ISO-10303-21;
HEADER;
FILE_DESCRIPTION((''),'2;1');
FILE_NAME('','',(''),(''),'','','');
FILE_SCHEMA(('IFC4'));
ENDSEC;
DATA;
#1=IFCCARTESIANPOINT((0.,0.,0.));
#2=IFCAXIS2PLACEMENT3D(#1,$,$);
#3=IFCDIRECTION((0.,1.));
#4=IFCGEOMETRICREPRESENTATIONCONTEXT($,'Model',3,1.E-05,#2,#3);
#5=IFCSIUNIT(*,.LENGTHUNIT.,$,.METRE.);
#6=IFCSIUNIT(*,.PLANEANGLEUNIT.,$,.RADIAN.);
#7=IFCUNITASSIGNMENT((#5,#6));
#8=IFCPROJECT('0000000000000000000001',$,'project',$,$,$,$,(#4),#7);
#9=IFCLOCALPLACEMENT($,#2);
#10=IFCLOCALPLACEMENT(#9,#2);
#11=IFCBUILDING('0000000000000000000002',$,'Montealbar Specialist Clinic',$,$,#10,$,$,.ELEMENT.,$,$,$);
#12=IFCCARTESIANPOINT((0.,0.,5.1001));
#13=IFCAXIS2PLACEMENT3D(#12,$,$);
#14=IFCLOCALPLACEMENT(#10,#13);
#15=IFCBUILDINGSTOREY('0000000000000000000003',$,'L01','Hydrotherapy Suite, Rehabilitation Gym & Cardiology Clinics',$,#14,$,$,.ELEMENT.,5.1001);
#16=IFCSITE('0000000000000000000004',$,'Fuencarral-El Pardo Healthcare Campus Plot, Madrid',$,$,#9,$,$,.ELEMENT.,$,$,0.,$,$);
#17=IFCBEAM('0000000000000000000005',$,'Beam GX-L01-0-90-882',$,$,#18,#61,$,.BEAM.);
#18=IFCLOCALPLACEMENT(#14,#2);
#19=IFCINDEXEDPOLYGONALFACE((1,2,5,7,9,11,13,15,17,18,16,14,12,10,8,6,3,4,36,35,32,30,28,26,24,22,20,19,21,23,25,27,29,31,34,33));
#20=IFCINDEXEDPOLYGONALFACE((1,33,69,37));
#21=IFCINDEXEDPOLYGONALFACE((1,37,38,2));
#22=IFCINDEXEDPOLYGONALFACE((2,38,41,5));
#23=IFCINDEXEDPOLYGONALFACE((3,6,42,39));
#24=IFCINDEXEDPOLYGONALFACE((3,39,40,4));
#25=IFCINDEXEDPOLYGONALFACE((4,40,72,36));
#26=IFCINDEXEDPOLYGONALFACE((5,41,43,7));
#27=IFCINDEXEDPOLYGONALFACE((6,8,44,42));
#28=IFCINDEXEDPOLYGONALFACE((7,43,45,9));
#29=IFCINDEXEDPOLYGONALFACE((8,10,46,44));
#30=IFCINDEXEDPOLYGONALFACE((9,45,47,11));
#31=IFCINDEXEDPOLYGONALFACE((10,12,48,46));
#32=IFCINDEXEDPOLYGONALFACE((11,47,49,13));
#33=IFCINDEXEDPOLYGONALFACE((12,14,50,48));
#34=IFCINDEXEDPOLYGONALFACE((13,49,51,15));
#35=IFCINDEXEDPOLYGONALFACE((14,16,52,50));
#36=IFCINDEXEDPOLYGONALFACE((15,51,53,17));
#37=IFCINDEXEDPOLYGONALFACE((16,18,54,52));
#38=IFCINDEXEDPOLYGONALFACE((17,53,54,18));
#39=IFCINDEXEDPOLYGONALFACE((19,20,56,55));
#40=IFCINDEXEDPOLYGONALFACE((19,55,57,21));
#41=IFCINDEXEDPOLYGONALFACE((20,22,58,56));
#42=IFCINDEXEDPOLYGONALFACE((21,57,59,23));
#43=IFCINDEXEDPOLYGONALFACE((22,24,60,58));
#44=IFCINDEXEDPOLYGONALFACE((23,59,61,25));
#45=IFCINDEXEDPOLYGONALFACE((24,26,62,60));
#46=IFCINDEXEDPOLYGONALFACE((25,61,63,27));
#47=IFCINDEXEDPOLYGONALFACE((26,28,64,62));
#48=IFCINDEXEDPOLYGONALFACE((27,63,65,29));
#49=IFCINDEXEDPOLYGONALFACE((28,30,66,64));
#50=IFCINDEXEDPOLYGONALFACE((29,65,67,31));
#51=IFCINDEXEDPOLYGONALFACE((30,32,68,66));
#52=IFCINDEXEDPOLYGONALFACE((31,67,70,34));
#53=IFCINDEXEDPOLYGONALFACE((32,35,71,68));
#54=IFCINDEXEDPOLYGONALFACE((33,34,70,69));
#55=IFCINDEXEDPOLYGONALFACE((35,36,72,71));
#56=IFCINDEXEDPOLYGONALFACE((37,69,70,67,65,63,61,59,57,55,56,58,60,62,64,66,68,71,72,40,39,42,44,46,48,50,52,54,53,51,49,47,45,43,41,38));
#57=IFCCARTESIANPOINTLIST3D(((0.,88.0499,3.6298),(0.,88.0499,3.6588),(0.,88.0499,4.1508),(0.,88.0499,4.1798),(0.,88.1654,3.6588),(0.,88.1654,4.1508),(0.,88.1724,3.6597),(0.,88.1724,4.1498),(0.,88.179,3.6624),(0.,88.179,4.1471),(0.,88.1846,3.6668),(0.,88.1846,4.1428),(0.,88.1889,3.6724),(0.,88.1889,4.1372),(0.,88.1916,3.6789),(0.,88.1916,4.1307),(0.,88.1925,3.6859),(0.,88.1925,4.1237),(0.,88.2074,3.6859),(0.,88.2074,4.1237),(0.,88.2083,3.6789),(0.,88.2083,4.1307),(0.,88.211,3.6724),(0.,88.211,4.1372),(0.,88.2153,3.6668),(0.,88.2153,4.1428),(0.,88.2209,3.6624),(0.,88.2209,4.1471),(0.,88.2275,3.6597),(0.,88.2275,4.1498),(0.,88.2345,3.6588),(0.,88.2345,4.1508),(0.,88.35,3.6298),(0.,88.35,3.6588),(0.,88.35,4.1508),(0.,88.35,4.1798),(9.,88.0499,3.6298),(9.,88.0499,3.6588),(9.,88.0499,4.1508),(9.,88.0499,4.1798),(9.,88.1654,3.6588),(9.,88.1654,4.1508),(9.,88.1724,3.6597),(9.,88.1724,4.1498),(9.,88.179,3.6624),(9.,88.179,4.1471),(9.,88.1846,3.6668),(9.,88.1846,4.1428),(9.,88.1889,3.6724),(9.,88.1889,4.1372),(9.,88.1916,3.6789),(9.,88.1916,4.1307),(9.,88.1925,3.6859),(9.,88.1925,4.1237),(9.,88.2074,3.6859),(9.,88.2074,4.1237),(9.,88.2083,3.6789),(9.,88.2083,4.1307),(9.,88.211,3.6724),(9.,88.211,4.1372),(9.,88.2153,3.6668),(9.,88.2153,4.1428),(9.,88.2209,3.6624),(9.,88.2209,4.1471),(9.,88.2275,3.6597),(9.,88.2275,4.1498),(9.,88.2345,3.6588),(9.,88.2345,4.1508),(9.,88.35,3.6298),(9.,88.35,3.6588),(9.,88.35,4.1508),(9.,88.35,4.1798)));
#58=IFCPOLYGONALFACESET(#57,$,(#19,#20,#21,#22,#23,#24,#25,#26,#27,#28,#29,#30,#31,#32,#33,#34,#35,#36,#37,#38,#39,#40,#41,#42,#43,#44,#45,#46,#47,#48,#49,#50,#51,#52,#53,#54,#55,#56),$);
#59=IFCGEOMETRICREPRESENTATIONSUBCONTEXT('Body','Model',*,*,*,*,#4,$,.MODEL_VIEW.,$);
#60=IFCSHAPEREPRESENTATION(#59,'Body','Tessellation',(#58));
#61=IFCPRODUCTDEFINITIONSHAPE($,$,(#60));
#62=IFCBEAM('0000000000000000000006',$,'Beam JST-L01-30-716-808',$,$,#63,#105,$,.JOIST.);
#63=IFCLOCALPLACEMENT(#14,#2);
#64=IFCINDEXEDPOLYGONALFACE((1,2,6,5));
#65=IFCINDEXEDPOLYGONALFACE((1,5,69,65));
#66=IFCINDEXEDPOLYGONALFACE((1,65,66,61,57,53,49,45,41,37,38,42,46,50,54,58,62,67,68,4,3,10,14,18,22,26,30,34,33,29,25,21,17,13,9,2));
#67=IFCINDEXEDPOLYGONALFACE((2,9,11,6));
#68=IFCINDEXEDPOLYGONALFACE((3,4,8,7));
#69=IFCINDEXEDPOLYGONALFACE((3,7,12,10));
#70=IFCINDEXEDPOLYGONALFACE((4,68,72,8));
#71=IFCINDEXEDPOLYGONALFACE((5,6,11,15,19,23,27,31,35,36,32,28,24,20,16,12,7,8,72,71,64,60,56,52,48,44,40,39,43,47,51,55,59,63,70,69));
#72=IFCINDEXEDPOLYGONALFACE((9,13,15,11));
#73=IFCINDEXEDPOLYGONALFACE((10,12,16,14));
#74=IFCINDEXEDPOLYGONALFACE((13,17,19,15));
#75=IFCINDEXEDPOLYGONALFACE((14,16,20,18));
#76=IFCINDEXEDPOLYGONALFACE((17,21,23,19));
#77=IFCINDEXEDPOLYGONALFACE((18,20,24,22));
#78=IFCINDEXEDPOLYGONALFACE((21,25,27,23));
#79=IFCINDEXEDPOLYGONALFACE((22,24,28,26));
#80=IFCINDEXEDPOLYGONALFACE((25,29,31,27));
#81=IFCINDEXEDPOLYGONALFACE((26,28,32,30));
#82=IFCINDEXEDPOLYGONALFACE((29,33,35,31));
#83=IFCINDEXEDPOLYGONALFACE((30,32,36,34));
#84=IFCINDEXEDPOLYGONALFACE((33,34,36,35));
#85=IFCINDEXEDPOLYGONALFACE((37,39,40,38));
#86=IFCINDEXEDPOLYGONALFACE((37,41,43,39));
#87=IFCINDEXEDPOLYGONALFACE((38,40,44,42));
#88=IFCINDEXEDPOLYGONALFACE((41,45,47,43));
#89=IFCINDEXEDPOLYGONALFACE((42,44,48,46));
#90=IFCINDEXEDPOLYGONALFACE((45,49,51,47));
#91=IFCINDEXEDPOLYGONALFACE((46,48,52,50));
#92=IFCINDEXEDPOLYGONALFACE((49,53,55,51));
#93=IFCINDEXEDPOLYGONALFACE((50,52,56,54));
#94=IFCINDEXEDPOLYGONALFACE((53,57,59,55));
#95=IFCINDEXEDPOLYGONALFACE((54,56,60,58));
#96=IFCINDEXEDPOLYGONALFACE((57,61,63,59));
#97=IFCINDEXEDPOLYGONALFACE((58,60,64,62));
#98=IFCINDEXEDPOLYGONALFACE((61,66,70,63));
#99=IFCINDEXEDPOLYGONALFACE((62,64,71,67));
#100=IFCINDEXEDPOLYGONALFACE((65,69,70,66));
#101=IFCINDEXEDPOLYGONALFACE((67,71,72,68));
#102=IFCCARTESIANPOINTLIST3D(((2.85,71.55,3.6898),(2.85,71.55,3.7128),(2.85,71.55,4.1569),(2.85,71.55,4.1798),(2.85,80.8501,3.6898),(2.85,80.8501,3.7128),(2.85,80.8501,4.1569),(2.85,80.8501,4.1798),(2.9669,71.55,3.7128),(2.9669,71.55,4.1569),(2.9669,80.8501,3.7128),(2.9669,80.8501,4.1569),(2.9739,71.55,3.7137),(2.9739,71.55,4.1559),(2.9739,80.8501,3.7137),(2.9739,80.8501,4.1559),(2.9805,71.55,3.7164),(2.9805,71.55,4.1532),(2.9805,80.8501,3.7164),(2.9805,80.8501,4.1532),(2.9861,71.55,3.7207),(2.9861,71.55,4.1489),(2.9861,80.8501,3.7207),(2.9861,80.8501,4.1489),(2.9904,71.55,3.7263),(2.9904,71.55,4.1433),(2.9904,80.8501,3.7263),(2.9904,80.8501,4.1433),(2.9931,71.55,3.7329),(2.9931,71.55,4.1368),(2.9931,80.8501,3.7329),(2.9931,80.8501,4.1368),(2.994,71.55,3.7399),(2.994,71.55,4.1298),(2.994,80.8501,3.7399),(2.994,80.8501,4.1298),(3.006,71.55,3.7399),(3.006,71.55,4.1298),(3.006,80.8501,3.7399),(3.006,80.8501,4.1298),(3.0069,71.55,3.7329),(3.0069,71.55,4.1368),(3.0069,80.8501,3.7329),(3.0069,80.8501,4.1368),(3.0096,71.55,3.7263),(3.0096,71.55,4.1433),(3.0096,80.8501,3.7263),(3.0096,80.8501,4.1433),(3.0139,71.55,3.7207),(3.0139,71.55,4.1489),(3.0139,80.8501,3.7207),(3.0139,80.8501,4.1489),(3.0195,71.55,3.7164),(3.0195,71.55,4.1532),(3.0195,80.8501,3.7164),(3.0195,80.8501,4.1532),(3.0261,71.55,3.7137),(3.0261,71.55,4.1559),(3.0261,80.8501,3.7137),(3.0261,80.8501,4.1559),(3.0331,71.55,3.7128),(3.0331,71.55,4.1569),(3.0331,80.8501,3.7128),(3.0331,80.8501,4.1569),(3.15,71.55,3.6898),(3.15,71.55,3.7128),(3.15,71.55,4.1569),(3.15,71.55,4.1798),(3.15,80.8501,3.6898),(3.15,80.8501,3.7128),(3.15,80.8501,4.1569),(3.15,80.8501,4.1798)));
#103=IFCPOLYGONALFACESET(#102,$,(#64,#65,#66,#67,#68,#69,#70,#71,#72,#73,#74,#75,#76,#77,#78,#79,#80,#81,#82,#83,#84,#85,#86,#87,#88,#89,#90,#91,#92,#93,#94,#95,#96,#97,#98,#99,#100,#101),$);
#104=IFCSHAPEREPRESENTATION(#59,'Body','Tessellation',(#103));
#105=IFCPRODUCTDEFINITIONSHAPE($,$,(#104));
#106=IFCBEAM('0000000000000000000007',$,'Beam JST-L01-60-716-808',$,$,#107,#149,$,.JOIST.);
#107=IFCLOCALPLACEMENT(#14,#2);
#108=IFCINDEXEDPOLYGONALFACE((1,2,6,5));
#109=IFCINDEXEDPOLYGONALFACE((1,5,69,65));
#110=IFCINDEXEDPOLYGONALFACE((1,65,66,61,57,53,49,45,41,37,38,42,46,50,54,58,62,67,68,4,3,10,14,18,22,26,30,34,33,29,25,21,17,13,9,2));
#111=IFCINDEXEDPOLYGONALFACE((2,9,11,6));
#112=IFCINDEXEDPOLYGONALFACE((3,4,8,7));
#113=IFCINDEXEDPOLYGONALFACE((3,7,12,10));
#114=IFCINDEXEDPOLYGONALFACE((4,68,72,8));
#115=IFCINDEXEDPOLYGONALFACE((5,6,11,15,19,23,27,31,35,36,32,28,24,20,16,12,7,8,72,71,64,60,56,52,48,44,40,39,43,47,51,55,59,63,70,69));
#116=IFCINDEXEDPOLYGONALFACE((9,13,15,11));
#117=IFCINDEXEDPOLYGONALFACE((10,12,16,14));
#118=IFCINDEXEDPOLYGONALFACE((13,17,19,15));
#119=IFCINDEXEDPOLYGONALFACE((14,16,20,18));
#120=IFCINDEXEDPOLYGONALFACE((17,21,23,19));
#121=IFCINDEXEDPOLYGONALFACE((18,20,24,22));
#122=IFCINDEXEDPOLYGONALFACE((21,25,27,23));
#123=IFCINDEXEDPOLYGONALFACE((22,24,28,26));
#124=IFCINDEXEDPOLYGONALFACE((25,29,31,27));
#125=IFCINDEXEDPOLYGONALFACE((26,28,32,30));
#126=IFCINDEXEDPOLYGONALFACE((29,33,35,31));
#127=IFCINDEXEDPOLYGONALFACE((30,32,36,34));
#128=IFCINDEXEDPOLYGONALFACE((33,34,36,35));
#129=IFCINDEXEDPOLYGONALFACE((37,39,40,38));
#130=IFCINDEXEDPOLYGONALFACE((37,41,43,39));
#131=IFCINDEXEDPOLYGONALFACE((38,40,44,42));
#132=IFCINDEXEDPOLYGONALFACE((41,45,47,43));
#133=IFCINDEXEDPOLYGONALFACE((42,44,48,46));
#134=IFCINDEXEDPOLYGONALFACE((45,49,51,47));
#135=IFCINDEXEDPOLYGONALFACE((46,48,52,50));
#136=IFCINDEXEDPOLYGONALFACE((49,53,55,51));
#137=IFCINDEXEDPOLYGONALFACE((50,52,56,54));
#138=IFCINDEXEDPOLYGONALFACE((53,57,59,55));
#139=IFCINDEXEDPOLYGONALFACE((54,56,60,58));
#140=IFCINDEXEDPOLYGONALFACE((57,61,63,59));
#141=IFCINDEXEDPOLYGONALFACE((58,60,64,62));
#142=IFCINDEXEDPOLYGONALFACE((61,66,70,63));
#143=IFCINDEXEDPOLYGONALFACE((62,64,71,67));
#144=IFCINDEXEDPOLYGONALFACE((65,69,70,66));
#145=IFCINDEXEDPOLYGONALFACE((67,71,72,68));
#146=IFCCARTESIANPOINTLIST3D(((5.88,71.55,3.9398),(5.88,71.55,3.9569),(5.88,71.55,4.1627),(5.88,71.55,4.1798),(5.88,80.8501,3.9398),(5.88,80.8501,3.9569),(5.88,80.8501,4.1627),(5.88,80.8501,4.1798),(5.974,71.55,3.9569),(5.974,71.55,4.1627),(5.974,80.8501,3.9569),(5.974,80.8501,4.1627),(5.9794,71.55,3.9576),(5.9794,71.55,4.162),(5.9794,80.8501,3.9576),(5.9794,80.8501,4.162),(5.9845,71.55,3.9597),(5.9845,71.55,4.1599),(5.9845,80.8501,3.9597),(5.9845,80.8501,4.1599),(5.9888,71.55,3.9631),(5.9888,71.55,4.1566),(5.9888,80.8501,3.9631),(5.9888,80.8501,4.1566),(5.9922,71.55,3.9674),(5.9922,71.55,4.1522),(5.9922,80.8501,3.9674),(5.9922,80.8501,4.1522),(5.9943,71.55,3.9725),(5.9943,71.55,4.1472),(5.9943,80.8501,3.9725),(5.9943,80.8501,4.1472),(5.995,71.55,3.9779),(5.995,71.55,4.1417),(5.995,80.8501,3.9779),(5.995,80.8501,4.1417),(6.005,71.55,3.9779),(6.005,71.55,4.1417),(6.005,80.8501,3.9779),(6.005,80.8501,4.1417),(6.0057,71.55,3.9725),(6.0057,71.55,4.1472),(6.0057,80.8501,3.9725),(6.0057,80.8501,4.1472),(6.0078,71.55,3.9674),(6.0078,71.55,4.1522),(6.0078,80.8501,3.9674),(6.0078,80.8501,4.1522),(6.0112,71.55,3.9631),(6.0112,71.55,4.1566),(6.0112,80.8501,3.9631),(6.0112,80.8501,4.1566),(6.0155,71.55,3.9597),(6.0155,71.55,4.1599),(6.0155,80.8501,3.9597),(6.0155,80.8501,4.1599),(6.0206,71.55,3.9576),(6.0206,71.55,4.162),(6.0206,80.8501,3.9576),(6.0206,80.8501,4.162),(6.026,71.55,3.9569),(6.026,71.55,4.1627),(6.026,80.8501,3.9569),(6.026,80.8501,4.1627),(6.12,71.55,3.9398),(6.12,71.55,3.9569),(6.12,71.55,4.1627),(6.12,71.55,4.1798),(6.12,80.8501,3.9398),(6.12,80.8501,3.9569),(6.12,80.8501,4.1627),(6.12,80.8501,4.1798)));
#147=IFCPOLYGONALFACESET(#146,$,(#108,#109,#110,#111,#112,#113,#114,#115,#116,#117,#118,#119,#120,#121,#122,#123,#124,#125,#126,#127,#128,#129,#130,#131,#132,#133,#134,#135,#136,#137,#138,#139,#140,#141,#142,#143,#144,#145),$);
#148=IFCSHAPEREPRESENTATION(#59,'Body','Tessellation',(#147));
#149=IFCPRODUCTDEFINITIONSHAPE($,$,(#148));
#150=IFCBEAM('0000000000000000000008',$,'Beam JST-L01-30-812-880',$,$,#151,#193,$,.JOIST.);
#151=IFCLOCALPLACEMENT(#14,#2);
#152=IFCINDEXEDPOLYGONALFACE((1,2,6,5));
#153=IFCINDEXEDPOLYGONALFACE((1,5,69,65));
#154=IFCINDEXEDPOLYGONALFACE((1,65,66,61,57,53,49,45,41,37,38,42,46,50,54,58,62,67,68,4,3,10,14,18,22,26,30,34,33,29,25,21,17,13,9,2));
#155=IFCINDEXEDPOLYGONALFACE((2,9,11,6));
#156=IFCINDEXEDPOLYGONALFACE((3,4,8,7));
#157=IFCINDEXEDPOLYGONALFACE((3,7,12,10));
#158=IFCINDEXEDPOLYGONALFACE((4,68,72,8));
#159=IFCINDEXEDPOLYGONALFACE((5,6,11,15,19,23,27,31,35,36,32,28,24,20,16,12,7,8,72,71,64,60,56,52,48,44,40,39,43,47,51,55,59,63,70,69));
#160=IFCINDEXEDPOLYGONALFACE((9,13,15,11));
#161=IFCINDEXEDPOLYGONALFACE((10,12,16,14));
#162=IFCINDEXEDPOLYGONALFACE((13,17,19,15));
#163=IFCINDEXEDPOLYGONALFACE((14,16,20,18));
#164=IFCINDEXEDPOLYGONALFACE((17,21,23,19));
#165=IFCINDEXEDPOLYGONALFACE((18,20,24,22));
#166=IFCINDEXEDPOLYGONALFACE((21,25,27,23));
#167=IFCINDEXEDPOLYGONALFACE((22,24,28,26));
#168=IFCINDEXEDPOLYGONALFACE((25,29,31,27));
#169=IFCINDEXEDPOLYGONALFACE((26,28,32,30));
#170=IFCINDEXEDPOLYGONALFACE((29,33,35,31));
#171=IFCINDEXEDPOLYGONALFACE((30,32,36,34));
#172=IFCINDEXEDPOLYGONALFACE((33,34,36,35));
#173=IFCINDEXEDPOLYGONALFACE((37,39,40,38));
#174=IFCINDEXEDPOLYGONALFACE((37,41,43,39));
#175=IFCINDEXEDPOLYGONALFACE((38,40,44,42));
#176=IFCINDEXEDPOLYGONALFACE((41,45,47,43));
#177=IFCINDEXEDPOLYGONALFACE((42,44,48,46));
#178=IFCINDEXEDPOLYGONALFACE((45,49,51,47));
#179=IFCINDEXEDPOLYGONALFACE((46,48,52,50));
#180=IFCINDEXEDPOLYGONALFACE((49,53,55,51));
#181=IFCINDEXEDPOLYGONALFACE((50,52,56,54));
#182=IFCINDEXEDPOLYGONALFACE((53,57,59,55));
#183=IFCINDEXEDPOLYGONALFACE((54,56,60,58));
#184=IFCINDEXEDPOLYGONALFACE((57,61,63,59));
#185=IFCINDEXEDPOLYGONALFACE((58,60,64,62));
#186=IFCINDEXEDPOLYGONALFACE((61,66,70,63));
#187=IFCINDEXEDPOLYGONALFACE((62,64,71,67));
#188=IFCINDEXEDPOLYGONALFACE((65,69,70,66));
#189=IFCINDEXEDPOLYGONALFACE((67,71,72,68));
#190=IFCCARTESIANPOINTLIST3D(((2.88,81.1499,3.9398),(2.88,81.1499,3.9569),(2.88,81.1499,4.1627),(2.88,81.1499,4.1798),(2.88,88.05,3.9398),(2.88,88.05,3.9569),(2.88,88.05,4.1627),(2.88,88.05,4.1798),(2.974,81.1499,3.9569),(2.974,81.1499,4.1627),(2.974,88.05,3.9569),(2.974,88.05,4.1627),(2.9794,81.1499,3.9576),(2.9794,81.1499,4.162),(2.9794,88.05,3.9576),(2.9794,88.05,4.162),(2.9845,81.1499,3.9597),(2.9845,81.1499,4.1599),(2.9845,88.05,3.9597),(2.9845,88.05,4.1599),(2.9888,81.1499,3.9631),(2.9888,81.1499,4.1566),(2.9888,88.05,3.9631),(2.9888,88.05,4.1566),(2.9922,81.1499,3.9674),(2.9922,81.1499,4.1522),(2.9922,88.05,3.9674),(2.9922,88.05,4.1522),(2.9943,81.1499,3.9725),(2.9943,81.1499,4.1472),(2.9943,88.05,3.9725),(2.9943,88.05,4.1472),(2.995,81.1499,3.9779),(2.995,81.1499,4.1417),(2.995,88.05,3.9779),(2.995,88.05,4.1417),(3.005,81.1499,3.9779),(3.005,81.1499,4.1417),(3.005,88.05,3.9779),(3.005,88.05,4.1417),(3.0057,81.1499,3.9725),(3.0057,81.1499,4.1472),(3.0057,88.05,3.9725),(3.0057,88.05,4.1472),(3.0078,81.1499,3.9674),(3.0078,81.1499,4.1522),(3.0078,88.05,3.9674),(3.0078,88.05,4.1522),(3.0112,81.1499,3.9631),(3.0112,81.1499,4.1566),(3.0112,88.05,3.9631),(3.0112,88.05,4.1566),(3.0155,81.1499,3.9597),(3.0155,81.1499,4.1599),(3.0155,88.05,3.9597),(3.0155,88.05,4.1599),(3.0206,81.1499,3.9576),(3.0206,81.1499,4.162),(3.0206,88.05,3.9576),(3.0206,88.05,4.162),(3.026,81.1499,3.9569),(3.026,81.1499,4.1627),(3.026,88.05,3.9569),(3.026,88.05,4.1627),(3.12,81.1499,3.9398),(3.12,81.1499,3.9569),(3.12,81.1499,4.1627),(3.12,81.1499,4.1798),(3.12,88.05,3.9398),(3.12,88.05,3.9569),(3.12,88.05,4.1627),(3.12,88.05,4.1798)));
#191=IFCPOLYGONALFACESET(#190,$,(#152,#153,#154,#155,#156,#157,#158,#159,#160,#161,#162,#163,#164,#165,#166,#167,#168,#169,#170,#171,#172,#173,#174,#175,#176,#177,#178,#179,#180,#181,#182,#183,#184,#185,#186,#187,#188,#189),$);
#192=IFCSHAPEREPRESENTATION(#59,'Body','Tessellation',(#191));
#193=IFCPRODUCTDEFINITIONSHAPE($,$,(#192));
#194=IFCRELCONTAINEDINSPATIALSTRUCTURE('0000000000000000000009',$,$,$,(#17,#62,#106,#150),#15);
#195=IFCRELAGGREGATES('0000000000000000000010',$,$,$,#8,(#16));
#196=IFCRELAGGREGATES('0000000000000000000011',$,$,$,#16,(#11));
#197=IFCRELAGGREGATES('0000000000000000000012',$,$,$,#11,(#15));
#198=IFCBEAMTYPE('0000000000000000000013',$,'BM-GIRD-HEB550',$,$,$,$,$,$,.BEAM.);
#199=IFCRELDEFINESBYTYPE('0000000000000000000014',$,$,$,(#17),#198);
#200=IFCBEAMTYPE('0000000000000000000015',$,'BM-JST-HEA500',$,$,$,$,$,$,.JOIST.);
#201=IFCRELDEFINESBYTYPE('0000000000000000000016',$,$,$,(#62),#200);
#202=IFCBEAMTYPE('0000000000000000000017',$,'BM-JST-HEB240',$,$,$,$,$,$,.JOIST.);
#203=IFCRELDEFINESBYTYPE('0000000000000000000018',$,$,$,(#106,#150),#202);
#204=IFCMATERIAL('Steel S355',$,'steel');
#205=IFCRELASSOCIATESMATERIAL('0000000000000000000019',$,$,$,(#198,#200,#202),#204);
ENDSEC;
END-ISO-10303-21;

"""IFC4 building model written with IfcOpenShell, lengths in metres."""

from ifc_helpers import new_model, si_unit, direction, frame, origin, origin_2d, place, context, subcontext, project, spatial, i_section, extrude, material, material_profile, profile_set, type_object, element, save


model = new_model("IFC4")

# Units and contexts
model_context = context("Model", 3, precision=1e-05, world=origin(), true_north=direction((0.0, 1.0)))
body_context = subcontext(model_context, "Body", "Model", "MODEL_VIEW")
ifc_project = project(units=[si_unit("LENGTHUNIT", "METRE"), si_unit("PLANEANGLEUNIT", "RADIAN")], contexts=[model_context])

# Site, building, storey
site_placement = place(None, origin())
site = spatial("IfcSite", under=ifc_project, at=site_placement, Name="Fuencarral-El Pardo Healthcare Campus Plot, Madrid", CompositionType="ELEMENT", RefElevation=0.0)
building_placement = place(site_placement, origin())
building = spatial("IfcBuilding", under=site, at=building_placement, Name="Montealbar Specialist Clinic", CompositionType="ELEMENT")
storey_placement = place(building_placement, frame((0.0, 0.0, 5.1001)))
storey = spatial("IfcBuildingStorey", under=building, at=storey_placement, Name="L01", Description="Hydrotherapy Suite, Rehabilitation Gym & Cardiology Clinics", CompositionType="ELEMENT", Elevation=5.1001)

# Beams
ifc_material_1 = material(Name="Steel S355", Category="steel")
ifc_material_profile_1 = material_profile(ifc_material_1, i_section(OverallWidth=0.3, OverallDepth=0.55, WebThickness=0.0149, FlangeThickness=0.0291, FilletRadius=0.0271, at=origin_2d()), Name="HEB 550", Category="steel")
ifc_profile_set_1 = profile_set([ifc_material_profile_1], Name="Steel S355")
beam_type_1 = type_object("IfcBeamType", Name="BM-GIRD-HEB550", PredefinedType="BEAM", material=ifc_profile_set_1)
for number, where, z_axis, x_axis, name in (
    (1, (0.0, 88.2, 3.9048), (1.0, 0.0, 0.0), (0.0, 1.0, 0.0), "Beam GX-L01-0-90-882"),
):
    element("IfcBeam", number, at=place(storey_placement, frame(where, z_axis=z_axis, x_axis=x_axis)), inside=storey, type_object=beam_type_1, Name=name, PredefinedType="BEAM", context=body_context, shape_type="SweptSolid", body=[
        extrude(i_section(OverallWidth=0.3, OverallDepth=0.55, WebThickness=0.0149, FlangeThickness=0.0291, FilletRadius=0.0271, at=origin_2d()), origin(), (0.0, 0.0, 1.0), 9.0),
    ])
ifc_material_profile_2 = material_profile(ifc_material_1, i_section(OverallWidth=0.3, OverallDepth=0.49, WebThickness=0.012, FlangeThickness=0.0229, FilletRadius=0.0271, at=origin_2d()), Name="HEA 500", Category="steel")
ifc_profile_set_2 = profile_set([ifc_material_profile_2], Name="Steel S355")
beam_type_2 = type_object("IfcBeamType", Name="BM-JST-HEA500", PredefinedType="JOIST", material=ifc_profile_set_2)
beam_1_placement = place(storey_placement, frame((3.0, 71.55, 3.9348), z_axis=(0.0, 1.0, 0.0), x_axis=(-1.0, 0.0, 0.0)))
element("IfcBeam", 2, at=beam_1_placement, inside=storey, type_object=beam_type_2, Name="Beam JST-L01-30-716-808", PredefinedType="JOIST", context=body_context, shape_type="SweptSolid", body=[
    extrude(i_section(OverallWidth=0.3, OverallDepth=0.49, WebThickness=0.012, FlangeThickness=0.0229, FilletRadius=0.0271, at=origin_2d()), origin(), (0.0, 0.0, 1.0), 9.3),
])
ifc_material_profile_3 = material_profile(ifc_material_1, i_section(OverallWidth=0.24, OverallDepth=0.24, WebThickness=0.01, FlangeThickness=0.0171, FilletRadius=0.021, at=origin_2d()), Name="HEB 240", Category="steel")
ifc_profile_set_3 = profile_set([ifc_material_profile_3], Name="Steel S355")
beam_type_3 = type_object("IfcBeamType", Name="BM-JST-HEB240", PredefinedType="JOIST", material=ifc_profile_set_3)
beam_2_placement = place(storey_placement, frame((6.0, 71.55, 4.0598), z_axis=(0.0, 1.0, 0.0), x_axis=(-1.0, 0.0, 0.0)))
element("IfcBeam", 3, at=beam_2_placement, inside=storey, type_object=beam_type_3, Name="Beam JST-L01-60-716-808", PredefinedType="JOIST", context=body_context, shape_type="SweptSolid", body=[
    extrude(i_section(OverallWidth=0.24, OverallDepth=0.24, WebThickness=0.01, FlangeThickness=0.0171, FilletRadius=0.021, at=origin_2d()), origin(), (0.0, 0.0, 1.0), 9.3),
])
beam_3_placement = place(storey_placement, frame((3.0, 81.1499, 4.0598), z_axis=(0.0, 1.0, 0.0), x_axis=(-1.0, 0.0, 0.0)))
element("IfcBeam", 4, at=beam_3_placement, inside=storey, type_object=beam_type_3, Name="Beam JST-L01-30-812-880", PredefinedType="JOIST", context=body_context, shape_type="SweptSolid", body=[
    extrude(i_section(OverallWidth=0.24, OverallDepth=0.24, WebThickness=0.01, FlangeThickness=0.0171, FilletRadius=0.021, at=origin_2d()), origin(), (0.0, 0.0, 1.0), 6.9001),
])

save(model, "model.ifc")
